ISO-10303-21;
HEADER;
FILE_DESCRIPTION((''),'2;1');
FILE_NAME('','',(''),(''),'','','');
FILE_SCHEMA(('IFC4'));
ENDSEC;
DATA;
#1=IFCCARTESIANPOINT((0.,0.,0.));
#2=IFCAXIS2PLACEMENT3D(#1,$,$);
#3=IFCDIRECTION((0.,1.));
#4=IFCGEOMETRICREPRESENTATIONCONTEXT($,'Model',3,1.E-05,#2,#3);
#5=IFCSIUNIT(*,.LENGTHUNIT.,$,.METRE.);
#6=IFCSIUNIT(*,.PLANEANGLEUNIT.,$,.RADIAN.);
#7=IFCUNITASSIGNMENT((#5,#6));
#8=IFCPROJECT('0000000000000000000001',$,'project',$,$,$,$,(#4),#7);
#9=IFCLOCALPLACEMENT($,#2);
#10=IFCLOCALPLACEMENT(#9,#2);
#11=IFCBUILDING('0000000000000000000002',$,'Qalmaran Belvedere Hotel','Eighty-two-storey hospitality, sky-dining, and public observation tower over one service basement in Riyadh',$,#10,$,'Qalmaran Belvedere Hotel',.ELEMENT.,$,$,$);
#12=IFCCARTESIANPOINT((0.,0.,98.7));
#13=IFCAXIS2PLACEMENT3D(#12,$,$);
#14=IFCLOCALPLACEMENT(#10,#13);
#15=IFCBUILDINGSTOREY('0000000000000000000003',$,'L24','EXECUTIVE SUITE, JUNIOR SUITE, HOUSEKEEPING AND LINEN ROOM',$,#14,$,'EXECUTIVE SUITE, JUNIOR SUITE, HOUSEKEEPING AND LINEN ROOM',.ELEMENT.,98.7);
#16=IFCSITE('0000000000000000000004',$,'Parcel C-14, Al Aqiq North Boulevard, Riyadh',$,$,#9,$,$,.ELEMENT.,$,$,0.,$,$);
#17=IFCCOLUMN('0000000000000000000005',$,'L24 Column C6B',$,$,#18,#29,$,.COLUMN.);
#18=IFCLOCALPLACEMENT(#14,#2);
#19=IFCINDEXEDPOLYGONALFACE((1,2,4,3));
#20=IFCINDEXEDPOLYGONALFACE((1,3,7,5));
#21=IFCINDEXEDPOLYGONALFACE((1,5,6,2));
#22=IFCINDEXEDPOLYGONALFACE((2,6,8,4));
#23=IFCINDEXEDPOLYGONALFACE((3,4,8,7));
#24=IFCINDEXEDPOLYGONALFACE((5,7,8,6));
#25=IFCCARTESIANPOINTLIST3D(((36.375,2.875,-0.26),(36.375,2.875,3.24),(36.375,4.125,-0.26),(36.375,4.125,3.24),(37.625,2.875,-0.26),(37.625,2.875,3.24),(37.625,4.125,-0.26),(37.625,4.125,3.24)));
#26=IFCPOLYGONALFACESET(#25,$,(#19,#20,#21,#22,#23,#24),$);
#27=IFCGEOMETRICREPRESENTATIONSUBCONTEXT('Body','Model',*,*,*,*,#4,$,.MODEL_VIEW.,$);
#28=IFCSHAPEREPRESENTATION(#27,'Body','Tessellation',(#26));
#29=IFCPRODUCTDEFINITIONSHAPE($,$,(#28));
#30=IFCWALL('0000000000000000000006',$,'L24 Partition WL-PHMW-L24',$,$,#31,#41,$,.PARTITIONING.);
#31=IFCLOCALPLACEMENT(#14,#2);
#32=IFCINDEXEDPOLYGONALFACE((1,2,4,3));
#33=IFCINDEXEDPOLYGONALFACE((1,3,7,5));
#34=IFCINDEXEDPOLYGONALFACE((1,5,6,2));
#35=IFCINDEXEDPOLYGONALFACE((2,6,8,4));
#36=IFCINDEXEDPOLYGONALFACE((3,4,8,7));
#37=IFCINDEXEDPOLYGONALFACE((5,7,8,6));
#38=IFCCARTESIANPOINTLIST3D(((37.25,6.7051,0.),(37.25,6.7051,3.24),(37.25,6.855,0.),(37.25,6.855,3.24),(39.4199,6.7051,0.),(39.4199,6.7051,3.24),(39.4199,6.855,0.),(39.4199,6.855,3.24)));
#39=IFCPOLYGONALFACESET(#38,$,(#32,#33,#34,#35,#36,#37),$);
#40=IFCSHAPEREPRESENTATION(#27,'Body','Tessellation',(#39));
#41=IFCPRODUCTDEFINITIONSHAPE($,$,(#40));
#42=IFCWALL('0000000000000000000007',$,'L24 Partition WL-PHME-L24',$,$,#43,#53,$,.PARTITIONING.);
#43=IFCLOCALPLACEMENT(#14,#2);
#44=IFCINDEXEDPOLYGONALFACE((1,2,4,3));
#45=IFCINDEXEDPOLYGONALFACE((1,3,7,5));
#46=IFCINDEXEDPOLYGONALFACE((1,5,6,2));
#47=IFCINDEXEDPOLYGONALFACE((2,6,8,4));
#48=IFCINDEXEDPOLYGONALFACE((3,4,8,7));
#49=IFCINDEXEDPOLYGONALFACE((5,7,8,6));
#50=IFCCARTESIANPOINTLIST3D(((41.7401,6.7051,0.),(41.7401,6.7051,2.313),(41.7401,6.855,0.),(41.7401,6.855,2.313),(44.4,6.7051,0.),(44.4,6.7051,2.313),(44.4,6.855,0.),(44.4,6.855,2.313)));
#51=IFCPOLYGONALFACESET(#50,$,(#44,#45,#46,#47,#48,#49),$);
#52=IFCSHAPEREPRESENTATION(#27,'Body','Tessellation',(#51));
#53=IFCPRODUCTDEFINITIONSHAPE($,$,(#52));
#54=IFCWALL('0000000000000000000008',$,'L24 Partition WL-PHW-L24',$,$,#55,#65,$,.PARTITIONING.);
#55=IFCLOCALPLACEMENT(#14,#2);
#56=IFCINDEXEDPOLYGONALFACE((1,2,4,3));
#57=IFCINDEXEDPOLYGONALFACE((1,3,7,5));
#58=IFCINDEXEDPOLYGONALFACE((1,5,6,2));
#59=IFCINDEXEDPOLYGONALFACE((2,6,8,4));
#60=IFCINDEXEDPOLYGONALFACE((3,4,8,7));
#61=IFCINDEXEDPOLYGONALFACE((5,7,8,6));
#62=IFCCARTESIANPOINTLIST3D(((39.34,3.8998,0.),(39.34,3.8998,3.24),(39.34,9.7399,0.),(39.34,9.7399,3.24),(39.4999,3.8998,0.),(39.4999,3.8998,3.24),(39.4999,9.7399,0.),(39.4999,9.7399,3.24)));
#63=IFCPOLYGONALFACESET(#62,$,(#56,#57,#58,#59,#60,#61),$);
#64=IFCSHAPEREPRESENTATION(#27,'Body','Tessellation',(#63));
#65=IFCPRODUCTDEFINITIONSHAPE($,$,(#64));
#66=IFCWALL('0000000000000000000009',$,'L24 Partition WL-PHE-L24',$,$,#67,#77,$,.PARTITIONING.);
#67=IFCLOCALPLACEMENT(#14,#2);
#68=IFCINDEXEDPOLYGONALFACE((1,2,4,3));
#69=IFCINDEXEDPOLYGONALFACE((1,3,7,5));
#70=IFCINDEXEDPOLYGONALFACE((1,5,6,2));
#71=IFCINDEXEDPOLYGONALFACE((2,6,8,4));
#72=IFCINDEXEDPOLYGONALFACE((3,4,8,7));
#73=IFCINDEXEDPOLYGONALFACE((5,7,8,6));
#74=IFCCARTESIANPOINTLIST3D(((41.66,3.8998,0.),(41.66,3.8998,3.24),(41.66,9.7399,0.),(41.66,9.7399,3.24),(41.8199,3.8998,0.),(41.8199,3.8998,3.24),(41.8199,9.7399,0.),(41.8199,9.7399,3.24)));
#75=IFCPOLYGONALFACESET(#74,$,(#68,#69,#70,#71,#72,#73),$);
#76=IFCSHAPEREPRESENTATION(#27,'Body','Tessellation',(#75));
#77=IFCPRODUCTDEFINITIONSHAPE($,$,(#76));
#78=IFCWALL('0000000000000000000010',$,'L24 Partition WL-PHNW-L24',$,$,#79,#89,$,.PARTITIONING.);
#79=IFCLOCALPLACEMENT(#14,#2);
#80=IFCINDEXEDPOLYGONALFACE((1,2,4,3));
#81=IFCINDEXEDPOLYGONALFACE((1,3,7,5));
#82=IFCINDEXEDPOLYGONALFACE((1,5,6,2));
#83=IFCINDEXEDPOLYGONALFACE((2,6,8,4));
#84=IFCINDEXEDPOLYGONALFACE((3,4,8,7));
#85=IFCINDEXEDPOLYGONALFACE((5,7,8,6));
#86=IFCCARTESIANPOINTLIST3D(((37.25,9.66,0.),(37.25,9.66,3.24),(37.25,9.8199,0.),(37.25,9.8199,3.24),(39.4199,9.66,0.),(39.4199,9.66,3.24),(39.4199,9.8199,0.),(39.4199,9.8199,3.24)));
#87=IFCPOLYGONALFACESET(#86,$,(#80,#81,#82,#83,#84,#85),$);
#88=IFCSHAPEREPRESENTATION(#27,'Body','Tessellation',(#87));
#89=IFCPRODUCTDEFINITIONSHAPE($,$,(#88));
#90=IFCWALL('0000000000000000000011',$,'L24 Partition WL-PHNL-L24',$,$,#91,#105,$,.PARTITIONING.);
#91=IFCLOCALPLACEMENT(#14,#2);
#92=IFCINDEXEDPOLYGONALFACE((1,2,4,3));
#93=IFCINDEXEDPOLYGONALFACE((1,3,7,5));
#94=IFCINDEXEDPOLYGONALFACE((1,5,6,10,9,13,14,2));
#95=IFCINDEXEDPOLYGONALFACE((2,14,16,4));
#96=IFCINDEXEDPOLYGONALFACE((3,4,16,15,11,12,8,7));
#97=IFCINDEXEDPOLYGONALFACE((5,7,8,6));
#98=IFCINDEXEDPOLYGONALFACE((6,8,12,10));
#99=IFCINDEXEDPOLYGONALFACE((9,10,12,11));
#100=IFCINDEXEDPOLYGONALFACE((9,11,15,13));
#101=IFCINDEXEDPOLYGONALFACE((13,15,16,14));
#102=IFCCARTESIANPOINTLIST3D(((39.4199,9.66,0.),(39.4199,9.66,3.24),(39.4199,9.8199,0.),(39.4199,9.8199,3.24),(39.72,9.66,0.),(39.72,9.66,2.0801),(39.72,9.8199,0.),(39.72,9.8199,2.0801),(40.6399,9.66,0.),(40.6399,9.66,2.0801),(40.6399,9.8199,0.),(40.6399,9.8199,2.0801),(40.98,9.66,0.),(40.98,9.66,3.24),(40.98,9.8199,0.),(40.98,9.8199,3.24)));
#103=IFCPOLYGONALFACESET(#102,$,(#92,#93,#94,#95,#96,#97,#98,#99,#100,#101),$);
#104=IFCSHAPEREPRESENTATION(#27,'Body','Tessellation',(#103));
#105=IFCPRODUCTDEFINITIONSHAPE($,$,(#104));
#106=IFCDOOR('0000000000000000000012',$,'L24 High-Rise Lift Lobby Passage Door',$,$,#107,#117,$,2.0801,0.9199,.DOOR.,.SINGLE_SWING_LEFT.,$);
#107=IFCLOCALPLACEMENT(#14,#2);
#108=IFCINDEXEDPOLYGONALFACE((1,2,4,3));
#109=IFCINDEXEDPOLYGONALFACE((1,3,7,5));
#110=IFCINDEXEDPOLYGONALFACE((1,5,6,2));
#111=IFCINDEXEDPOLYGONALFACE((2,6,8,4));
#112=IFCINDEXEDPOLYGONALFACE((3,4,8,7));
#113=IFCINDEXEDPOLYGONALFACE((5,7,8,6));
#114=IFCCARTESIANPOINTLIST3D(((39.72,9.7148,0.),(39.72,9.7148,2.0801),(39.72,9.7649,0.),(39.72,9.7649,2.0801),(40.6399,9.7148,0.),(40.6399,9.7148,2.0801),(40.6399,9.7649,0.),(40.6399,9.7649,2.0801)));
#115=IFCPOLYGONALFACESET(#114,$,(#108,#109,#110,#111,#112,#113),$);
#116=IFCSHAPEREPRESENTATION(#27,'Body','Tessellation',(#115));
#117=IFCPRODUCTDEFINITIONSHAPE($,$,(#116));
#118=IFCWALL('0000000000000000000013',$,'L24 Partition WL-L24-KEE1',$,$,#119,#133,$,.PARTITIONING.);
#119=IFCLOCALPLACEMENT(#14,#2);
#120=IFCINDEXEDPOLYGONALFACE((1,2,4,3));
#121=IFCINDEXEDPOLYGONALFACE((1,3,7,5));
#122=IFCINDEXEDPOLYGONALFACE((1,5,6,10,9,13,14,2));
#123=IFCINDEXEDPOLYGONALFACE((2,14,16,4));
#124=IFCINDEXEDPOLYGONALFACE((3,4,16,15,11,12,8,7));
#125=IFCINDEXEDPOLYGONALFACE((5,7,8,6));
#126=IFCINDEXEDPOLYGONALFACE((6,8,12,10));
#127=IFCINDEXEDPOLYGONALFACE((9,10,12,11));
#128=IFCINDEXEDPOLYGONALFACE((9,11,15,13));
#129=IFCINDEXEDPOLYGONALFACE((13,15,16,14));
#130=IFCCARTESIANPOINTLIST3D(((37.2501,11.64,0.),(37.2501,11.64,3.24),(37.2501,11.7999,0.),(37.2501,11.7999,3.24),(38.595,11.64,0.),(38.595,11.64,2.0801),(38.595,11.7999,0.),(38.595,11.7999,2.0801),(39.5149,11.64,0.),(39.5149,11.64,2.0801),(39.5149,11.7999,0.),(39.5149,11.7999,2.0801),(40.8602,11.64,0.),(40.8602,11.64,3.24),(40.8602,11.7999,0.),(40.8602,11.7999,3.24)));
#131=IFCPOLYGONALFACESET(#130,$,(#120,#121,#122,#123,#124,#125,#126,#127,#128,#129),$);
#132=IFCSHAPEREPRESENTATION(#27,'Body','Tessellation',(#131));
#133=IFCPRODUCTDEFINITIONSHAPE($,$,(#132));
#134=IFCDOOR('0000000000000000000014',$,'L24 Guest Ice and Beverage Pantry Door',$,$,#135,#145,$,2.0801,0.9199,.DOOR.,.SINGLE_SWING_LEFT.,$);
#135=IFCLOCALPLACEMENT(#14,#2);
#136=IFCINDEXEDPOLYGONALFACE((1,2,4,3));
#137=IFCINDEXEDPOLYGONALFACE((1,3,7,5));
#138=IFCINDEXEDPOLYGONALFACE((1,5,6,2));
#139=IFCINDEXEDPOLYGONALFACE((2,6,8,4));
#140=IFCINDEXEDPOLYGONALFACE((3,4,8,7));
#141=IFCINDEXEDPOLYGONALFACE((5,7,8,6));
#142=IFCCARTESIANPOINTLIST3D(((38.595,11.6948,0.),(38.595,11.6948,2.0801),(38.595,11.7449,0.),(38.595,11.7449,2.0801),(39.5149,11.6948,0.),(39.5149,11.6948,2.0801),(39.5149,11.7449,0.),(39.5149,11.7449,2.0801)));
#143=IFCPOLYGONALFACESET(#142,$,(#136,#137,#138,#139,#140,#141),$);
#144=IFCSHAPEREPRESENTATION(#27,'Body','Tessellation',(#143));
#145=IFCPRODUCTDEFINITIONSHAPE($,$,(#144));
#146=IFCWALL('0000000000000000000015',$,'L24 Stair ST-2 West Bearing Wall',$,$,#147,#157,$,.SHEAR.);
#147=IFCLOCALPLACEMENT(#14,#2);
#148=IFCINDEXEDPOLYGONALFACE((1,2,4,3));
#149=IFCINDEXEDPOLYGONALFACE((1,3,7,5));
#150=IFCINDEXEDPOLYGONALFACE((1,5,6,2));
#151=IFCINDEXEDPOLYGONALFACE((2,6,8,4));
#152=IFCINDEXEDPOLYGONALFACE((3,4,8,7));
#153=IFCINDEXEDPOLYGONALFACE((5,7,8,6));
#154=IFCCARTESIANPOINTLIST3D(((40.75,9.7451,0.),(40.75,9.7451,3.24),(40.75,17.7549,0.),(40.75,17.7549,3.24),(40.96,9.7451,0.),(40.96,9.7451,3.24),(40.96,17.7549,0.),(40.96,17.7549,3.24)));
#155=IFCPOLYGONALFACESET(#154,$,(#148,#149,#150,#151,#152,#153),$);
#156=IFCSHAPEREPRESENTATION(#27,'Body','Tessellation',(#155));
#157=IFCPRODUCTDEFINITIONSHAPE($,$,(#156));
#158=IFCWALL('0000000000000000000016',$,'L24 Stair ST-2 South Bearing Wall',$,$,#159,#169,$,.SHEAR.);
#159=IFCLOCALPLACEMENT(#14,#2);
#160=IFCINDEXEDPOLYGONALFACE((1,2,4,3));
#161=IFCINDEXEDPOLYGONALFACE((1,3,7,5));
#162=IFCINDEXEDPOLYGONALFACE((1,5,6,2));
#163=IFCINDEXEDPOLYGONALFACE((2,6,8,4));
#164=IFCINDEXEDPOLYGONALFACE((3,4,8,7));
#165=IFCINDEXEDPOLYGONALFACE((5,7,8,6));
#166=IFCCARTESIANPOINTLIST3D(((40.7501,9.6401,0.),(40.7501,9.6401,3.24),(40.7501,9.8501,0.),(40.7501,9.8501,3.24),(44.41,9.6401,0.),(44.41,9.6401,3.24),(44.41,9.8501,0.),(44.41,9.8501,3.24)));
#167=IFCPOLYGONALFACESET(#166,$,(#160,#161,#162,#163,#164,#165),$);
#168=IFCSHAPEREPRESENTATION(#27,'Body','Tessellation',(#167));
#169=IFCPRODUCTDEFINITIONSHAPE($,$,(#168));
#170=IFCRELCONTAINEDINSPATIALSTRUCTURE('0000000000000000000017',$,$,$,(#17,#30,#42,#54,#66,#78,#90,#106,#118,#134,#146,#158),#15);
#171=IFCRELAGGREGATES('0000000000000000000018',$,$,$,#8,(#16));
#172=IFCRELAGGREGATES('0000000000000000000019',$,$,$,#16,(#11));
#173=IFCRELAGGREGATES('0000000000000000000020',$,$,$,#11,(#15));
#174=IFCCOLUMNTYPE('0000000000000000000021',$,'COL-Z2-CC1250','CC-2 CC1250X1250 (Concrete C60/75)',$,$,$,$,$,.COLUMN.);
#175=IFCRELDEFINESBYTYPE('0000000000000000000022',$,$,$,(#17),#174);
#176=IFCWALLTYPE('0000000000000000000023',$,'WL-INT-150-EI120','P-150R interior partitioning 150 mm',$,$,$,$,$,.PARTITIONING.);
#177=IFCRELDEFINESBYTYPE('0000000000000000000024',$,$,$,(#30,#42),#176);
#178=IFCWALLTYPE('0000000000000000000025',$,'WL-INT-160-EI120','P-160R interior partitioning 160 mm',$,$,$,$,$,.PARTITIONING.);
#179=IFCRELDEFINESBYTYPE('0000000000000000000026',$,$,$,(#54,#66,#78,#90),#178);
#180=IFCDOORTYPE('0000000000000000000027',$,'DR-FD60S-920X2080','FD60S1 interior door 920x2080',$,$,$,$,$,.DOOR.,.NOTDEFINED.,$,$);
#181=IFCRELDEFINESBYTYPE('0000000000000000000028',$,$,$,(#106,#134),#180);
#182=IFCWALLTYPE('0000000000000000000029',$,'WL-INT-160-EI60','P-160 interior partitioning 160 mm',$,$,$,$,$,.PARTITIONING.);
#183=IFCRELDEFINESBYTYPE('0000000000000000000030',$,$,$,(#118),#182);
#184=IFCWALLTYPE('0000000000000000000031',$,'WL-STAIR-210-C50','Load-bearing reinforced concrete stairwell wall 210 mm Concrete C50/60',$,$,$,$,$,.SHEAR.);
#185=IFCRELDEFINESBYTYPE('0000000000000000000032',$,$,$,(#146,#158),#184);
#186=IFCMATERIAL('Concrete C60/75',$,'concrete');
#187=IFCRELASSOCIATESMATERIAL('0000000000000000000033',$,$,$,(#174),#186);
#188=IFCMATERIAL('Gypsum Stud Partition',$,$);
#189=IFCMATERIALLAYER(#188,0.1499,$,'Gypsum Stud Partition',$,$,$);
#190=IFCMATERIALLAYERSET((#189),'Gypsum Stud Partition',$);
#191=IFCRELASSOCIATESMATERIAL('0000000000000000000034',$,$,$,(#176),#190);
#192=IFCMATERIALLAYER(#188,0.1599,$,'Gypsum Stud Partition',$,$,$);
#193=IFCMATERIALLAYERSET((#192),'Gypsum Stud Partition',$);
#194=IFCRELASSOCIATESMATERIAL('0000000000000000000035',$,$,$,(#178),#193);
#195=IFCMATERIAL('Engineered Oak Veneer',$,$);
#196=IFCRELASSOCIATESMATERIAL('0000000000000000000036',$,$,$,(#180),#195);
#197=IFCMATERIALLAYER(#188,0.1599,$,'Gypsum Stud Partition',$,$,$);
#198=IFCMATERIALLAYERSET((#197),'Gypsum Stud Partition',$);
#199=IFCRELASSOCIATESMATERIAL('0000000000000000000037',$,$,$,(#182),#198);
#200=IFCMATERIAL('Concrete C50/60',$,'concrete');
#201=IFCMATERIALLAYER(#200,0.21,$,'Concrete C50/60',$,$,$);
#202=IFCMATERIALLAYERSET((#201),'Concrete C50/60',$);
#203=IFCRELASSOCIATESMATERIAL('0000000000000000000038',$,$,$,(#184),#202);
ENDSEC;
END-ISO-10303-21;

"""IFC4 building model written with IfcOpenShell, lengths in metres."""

from ifc_helpers import new_model, si_unit, direction, frame, frame_2d, origin, origin_2d, place, context, subcontext, project, spatial, rectangle, extrude, material, layer, layer_set, material_profile, profile_set, type_object, element, fill, save


model = new_model("IFC4")

# Units and contexts
model_context = context("Model", 3, precision=1e-05, world=origin(), true_north=direction((0.0, 1.0)))
body_context = subcontext(model_context, "Body", "Model", "MODEL_VIEW")
ifc_project = project(units=[si_unit("LENGTHUNIT", "METRE"), si_unit("PLANEANGLEUNIT", "RADIAN")], contexts=[model_context])

# Site, building, storey
site_placement = place(None, origin())
site = spatial("IfcSite", under=ifc_project, at=site_placement, Name="Parcel C-14, Al Aqiq North Boulevard, Riyadh", CompositionType="ELEMENT", RefElevation=0.0)
building_placement = place(site_placement, origin())
building = spatial("IfcBuilding", under=site, at=building_placement, Name="Qalmaran Belvedere Hotel", Description="Eighty-two-storey hospitality, sky-dining, and public observation tower over one service basement in Riyadh", LongName="Qalmaran Belvedere Hotel", CompositionType="ELEMENT")
storey_placement = place(building_placement, frame((0.0, 0.0, 98.7)))
storey = spatial("IfcBuildingStorey", under=building, at=storey_placement, Name="L24", Description="EXECUTIVE SUITE, JUNIOR SUITE, HOUSEKEEPING AND LINEN ROOM", LongName="EXECUTIVE SUITE, JUNIOR SUITE, HOUSEKEEPING AND LINEN ROOM", CompositionType="ELEMENT", Elevation=98.7)

# Column
ifc_material_1 = material(Name="Concrete C60/75", Category="concrete")
ifc_material_profile = material_profile(ifc_material_1, rectangle(XDim=1.25, YDim=1.25, at=origin_2d()), Name="CC1250X1250")
ifc_profile_set = profile_set([ifc_material_profile], Name="Concrete C60/75")
column_type = type_object("IfcColumnType", Name="COL-Z2-CC1250", Description="CC-2 CC1250X1250 (Concrete C60/75)", PredefinedType="COLUMN", material=ifc_profile_set)
column_placement = place(storey_placement, frame((37.0, 3.5, -0.26), z_axis=(0.0, 0.0, 1.0), x_axis=(1.0, 0.0, 0.0)))
element("IfcColumn", 1, at=column_placement, inside=storey, type_object=column_type, Name="L24 Column C6B", PredefinedType="COLUMN", context=body_context, shape_type="SweptSolid", body=[
    extrude(rectangle(XDim=1.25, YDim=1.25, at=origin_2d()), origin(), (0.0, 0.0, 1.0), 3.5),
])

# Walls
ifc_material_2 = material(Name="Gypsum Stud Partition")
ifc_layer_1 = layer(ifc_material_2, 0.1499, Name="Gypsum Stud Partition")
ifc_layer_set_1 = layer_set([ifc_layer_1], Name="Gypsum Stud Partition")
wall_type_1 = type_object("IfcWallType", Name="WL-INT-150-EI120", Description="P-150R interior partitioning 150 mm", PredefinedType="PARTITIONING", material=ifc_layer_set_1)
wall_1_placement = place(storey_placement, frame((37.25, 6.78, 0.0), z_axis=(0.0, 0.0, 1.0), x_axis=(1.0, 0.0, 0.0)))
element("IfcWall", 2, at=wall_1_placement, inside=storey, type_object=wall_type_1, Name="L24 Partition WL-PHMW-L24", PredefinedType="PARTITIONING", context=body_context, shape_type="SweptSolid", body=[
    extrude(rectangle(XDim=2.1699, YDim=0.1499, at=frame_2d((1.085, 0.0))), origin(), (0.0, 0.0, 1.0), 3.24),
])
wall_2_placement = place(storey_placement, frame((41.74, 6.78, 0.0), z_axis=(0.0, 0.0, 1.0), x_axis=(1.0, 0.0, 0.0)))
element("IfcWall", 3, at=wall_2_placement, inside=storey, type_object=wall_type_1, Name="L24 Partition WL-PHME-L24", PredefinedType="PARTITIONING", context=body_context, shape_type="SweptSolid", body=[
    extrude(rectangle(XDim=2.6599, YDim=0.1499, at=frame_2d((1.3301, 0.0))), origin(), (0.0, 0.0, 1.0), 2.313),
])
ifc_layer_2 = layer(ifc_material_2, 0.1599, Name="Gypsum Stud Partition")
ifc_layer_set_2 = layer_set([ifc_layer_2], Name="Gypsum Stud Partition")
wall_type_2 = type_object("IfcWallType", Name="WL-INT-160-EI120", Description="P-160R interior partitioning 160 mm", PredefinedType="PARTITIONING", material=ifc_layer_set_2)
for number, where, z_axis, x_axis, name in (
    (4, (39.4199, 3.8999, 0.0), (0.0, 0.0, 1.0), (0.0, 1.0, 0.0), "L24 Partition WL-PHW-L24"),
    (5, (41.74, 3.8999, 0.0), (0.0, 0.0, 1.0), (0.0, 1.0, 0.0), "L24 Partition WL-PHE-L24"),
):
    element("IfcWall", number, at=place(storey_placement, frame(where, z_axis=z_axis, x_axis=x_axis)), inside=storey, type_object=wall_type_2, Name=name, PredefinedType="PARTITIONING", context=body_context, shape_type="SweptSolid", body=[
        extrude(rectangle(XDim=5.8401, YDim=0.1599, at=frame_2d((2.9199, 0.0))), origin(), (0.0, 0.0, 1.0), 3.24),
    ])
wall_3_placement = place(storey_placement, frame((37.25, 9.74, 0.0), z_axis=(0.0, 0.0, 1.0), x_axis=(1.0, 0.0, 0.0)))
element("IfcWall", 6, at=wall_3_placement, inside=storey, type_object=wall_type_2, Name="L24 Partition WL-PHNW-L24", PredefinedType="PARTITIONING", context=body_context, shape_type="SweptSolid", body=[
    extrude(rectangle(XDim=2.1699, YDim=0.1599, at=frame_2d((1.085, 0.0))), origin(), (0.0, 0.0, 1.0), 3.24),
])

# Walls, openings, doors
wall_4_placement = place(storey_placement, frame((39.4199, 9.74, 0.0), z_axis=(0.0, 0.0, 1.0), x_axis=(1.0, 0.0, 0.0)))
wall_4 = element("IfcWall", 7, at=wall_4_placement, inside=storey, type_object=wall_type_2, Name="L24 Partition WL-PHNL-L24", PredefinedType="PARTITIONING", context=body_context, shape_type="SweptSolid", body=[
    extrude(rectangle(XDim=1.5601, YDim=0.1599, at=frame_2d((0.78, 0.0))), origin(), (0.0, 0.0, 1.0), 3.24),
])
opening_1_placement = place(wall_4_placement, frame((0.3, 0.0, 0.0)))
opening_1 = element("IfcOpeningElement", 8, at=opening_1_placement, cuts=wall_4, PredefinedType="OPENING", context=body_context, shape_type="SweptSolid", body=[
    extrude(rectangle(XDim=0.9199, YDim=2.0801, at=frame_2d((0.46, 1.04))), frame((0.0, 0.0898, 0.0), z_axis=(0.0, -1.0, 0.0), x_axis=(1.0, 0.0, 0.0)), (0.0, 0.0, 1.0), 0.1799),
])
ifc_material_3 = material(Name="Engineered Oak Veneer")
door_type = type_object("IfcDoorType", Name="DR-FD60S-920X2080", Description="FD60S1 interior door 920x2080", OperationType="NOTDEFINED", PredefinedType="DOOR", material=ifc_material_3)
door_1_placement = place(opening_1_placement, origin())
door_1 = element("IfcDoor", 9, at=door_1_placement, inside=storey, type_object=door_type, Name="L24 High-Rise Lift Lobby Passage Door", OperationType="SINGLE_SWING_LEFT", OverallHeight=2.0801, OverallWidth=0.9199, PredefinedType="DOOR", context=body_context, shape_type="SweptSolid", body=[
    extrude(rectangle(XDim=0.9199, YDim=2.0801, at=frame_2d((0.46, 1.04))), frame((0.0, 0.0249, 0.0), z_axis=(0.0, -1.0, 0.0), x_axis=(1.0, 0.0, 0.0)), (0.0, 0.0, 1.0), 0.05),
])
fill(opening_1, door_1)
ifc_layer_3 = layer(ifc_material_2, 0.1599, Name="Gypsum Stud Partition")
ifc_layer_set_3 = layer_set([ifc_layer_3], Name="Gypsum Stud Partition")
wall_type_3 = type_object("IfcWallType", Name="WL-INT-160-EI60", Description="P-160 interior partitioning 160 mm", PredefinedType="PARTITIONING", material=ifc_layer_set_3)
wall_5_placement = place(storey_placement, frame((37.25, 11.72, 0.0), z_axis=(0.0, 0.0, 1.0), x_axis=(1.0, 0.0, 0.0)))
wall_5 = element("IfcWall", 10, at=wall_5_placement, inside=storey, type_object=wall_type_3, Name="L24 Partition WL-L24-KEE1", PredefinedType="PARTITIONING", context=body_context, shape_type="SweptSolid", body=[
    extrude(rectangle(XDim=3.6101, YDim=0.1599, at=frame_2d((1.8052, 0.0))), origin(), (0.0, 0.0, 1.0), 3.24),
])
opening_2_placement = place(wall_5_placement, frame((1.345, 0.0, 0.0)))
opening_2 = element("IfcOpeningElement", 11, at=opening_2_placement, cuts=wall_5, PredefinedType="OPENING", context=body_context, shape_type="SweptSolid", body=[
    extrude(rectangle(XDim=0.9199, YDim=2.0801, at=frame_2d((0.46, 1.04))), frame((0.0, 0.0898, 0.0), z_axis=(0.0, -1.0, 0.0), x_axis=(1.0, 0.0, 0.0)), (0.0, 0.0, 1.0), 0.1799),
])
door_2_placement = place(opening_2_placement, origin())
door_2 = element("IfcDoor", 12, at=door_2_placement, inside=storey, type_object=door_type, Name="L24 Guest Ice and Beverage Pantry Door", OperationType="SINGLE_SWING_LEFT", OverallHeight=2.0801, OverallWidth=0.9199, PredefinedType="DOOR", context=body_context, shape_type="SweptSolid", body=[
    extrude(rectangle(XDim=0.9199, YDim=2.0801, at=frame_2d((0.46, 1.04))), frame((0.0, 0.0249, 0.0), z_axis=(0.0, -1.0, 0.0), x_axis=(1.0, 0.0, 0.0)), (0.0, 0.0, 1.0), 0.05),
])
fill(opening_2, door_2)

# Walls
ifc_material_4 = material(Name="Concrete C50/60", Category="concrete")
ifc_layer_4 = layer(ifc_material_4, 0.21, Name="Concrete C50/60")
ifc_layer_set_4 = layer_set([ifc_layer_4], Name="Concrete C50/60")
wall_type_4 = type_object("IfcWallType", Name="WL-STAIR-210-C50", Description="Load-bearing reinforced concrete stairwell wall 210 mm Concrete C50/60", PredefinedType="SHEAR", material=ifc_layer_set_4)
wall_6_placement = place(storey_placement, frame((40.855, 9.7451, 0.0), z_axis=(0.0, 0.0, 1.0), x_axis=(0.0, 1.0, 0.0)))
element("IfcWall", 13, at=wall_6_placement, inside=storey, type_object=wall_type_4, Name="L24 Stair ST-2 West Bearing Wall", PredefinedType="SHEAR", context=body_context, shape_type="SweptSolid", body=[
    extrude(rectangle(XDim=8.0098, YDim=0.21, at=frame_2d((4.0049, 0.0))), origin(), (0.0, 0.0, 1.0), 3.24),
])
wall_7_placement = place(storey_placement, frame((40.75, 9.7451, 0.0), z_axis=(0.0, 0.0, 1.0), x_axis=(1.0, 0.0, 0.0)))
element("IfcWall", 14, at=wall_7_placement, inside=storey, type_object=wall_type_4, Name="L24 Stair ST-2 South Bearing Wall", PredefinedType="SHEAR", context=body_context, shape_type="SweptSolid", body=[
    extrude(rectangle(XDim=3.6599, YDim=0.21, at=frame_2d((1.8301, 0.0))), origin(), (0.0, 0.0, 1.0), 3.24),
])

save(model, "model.ifc")
